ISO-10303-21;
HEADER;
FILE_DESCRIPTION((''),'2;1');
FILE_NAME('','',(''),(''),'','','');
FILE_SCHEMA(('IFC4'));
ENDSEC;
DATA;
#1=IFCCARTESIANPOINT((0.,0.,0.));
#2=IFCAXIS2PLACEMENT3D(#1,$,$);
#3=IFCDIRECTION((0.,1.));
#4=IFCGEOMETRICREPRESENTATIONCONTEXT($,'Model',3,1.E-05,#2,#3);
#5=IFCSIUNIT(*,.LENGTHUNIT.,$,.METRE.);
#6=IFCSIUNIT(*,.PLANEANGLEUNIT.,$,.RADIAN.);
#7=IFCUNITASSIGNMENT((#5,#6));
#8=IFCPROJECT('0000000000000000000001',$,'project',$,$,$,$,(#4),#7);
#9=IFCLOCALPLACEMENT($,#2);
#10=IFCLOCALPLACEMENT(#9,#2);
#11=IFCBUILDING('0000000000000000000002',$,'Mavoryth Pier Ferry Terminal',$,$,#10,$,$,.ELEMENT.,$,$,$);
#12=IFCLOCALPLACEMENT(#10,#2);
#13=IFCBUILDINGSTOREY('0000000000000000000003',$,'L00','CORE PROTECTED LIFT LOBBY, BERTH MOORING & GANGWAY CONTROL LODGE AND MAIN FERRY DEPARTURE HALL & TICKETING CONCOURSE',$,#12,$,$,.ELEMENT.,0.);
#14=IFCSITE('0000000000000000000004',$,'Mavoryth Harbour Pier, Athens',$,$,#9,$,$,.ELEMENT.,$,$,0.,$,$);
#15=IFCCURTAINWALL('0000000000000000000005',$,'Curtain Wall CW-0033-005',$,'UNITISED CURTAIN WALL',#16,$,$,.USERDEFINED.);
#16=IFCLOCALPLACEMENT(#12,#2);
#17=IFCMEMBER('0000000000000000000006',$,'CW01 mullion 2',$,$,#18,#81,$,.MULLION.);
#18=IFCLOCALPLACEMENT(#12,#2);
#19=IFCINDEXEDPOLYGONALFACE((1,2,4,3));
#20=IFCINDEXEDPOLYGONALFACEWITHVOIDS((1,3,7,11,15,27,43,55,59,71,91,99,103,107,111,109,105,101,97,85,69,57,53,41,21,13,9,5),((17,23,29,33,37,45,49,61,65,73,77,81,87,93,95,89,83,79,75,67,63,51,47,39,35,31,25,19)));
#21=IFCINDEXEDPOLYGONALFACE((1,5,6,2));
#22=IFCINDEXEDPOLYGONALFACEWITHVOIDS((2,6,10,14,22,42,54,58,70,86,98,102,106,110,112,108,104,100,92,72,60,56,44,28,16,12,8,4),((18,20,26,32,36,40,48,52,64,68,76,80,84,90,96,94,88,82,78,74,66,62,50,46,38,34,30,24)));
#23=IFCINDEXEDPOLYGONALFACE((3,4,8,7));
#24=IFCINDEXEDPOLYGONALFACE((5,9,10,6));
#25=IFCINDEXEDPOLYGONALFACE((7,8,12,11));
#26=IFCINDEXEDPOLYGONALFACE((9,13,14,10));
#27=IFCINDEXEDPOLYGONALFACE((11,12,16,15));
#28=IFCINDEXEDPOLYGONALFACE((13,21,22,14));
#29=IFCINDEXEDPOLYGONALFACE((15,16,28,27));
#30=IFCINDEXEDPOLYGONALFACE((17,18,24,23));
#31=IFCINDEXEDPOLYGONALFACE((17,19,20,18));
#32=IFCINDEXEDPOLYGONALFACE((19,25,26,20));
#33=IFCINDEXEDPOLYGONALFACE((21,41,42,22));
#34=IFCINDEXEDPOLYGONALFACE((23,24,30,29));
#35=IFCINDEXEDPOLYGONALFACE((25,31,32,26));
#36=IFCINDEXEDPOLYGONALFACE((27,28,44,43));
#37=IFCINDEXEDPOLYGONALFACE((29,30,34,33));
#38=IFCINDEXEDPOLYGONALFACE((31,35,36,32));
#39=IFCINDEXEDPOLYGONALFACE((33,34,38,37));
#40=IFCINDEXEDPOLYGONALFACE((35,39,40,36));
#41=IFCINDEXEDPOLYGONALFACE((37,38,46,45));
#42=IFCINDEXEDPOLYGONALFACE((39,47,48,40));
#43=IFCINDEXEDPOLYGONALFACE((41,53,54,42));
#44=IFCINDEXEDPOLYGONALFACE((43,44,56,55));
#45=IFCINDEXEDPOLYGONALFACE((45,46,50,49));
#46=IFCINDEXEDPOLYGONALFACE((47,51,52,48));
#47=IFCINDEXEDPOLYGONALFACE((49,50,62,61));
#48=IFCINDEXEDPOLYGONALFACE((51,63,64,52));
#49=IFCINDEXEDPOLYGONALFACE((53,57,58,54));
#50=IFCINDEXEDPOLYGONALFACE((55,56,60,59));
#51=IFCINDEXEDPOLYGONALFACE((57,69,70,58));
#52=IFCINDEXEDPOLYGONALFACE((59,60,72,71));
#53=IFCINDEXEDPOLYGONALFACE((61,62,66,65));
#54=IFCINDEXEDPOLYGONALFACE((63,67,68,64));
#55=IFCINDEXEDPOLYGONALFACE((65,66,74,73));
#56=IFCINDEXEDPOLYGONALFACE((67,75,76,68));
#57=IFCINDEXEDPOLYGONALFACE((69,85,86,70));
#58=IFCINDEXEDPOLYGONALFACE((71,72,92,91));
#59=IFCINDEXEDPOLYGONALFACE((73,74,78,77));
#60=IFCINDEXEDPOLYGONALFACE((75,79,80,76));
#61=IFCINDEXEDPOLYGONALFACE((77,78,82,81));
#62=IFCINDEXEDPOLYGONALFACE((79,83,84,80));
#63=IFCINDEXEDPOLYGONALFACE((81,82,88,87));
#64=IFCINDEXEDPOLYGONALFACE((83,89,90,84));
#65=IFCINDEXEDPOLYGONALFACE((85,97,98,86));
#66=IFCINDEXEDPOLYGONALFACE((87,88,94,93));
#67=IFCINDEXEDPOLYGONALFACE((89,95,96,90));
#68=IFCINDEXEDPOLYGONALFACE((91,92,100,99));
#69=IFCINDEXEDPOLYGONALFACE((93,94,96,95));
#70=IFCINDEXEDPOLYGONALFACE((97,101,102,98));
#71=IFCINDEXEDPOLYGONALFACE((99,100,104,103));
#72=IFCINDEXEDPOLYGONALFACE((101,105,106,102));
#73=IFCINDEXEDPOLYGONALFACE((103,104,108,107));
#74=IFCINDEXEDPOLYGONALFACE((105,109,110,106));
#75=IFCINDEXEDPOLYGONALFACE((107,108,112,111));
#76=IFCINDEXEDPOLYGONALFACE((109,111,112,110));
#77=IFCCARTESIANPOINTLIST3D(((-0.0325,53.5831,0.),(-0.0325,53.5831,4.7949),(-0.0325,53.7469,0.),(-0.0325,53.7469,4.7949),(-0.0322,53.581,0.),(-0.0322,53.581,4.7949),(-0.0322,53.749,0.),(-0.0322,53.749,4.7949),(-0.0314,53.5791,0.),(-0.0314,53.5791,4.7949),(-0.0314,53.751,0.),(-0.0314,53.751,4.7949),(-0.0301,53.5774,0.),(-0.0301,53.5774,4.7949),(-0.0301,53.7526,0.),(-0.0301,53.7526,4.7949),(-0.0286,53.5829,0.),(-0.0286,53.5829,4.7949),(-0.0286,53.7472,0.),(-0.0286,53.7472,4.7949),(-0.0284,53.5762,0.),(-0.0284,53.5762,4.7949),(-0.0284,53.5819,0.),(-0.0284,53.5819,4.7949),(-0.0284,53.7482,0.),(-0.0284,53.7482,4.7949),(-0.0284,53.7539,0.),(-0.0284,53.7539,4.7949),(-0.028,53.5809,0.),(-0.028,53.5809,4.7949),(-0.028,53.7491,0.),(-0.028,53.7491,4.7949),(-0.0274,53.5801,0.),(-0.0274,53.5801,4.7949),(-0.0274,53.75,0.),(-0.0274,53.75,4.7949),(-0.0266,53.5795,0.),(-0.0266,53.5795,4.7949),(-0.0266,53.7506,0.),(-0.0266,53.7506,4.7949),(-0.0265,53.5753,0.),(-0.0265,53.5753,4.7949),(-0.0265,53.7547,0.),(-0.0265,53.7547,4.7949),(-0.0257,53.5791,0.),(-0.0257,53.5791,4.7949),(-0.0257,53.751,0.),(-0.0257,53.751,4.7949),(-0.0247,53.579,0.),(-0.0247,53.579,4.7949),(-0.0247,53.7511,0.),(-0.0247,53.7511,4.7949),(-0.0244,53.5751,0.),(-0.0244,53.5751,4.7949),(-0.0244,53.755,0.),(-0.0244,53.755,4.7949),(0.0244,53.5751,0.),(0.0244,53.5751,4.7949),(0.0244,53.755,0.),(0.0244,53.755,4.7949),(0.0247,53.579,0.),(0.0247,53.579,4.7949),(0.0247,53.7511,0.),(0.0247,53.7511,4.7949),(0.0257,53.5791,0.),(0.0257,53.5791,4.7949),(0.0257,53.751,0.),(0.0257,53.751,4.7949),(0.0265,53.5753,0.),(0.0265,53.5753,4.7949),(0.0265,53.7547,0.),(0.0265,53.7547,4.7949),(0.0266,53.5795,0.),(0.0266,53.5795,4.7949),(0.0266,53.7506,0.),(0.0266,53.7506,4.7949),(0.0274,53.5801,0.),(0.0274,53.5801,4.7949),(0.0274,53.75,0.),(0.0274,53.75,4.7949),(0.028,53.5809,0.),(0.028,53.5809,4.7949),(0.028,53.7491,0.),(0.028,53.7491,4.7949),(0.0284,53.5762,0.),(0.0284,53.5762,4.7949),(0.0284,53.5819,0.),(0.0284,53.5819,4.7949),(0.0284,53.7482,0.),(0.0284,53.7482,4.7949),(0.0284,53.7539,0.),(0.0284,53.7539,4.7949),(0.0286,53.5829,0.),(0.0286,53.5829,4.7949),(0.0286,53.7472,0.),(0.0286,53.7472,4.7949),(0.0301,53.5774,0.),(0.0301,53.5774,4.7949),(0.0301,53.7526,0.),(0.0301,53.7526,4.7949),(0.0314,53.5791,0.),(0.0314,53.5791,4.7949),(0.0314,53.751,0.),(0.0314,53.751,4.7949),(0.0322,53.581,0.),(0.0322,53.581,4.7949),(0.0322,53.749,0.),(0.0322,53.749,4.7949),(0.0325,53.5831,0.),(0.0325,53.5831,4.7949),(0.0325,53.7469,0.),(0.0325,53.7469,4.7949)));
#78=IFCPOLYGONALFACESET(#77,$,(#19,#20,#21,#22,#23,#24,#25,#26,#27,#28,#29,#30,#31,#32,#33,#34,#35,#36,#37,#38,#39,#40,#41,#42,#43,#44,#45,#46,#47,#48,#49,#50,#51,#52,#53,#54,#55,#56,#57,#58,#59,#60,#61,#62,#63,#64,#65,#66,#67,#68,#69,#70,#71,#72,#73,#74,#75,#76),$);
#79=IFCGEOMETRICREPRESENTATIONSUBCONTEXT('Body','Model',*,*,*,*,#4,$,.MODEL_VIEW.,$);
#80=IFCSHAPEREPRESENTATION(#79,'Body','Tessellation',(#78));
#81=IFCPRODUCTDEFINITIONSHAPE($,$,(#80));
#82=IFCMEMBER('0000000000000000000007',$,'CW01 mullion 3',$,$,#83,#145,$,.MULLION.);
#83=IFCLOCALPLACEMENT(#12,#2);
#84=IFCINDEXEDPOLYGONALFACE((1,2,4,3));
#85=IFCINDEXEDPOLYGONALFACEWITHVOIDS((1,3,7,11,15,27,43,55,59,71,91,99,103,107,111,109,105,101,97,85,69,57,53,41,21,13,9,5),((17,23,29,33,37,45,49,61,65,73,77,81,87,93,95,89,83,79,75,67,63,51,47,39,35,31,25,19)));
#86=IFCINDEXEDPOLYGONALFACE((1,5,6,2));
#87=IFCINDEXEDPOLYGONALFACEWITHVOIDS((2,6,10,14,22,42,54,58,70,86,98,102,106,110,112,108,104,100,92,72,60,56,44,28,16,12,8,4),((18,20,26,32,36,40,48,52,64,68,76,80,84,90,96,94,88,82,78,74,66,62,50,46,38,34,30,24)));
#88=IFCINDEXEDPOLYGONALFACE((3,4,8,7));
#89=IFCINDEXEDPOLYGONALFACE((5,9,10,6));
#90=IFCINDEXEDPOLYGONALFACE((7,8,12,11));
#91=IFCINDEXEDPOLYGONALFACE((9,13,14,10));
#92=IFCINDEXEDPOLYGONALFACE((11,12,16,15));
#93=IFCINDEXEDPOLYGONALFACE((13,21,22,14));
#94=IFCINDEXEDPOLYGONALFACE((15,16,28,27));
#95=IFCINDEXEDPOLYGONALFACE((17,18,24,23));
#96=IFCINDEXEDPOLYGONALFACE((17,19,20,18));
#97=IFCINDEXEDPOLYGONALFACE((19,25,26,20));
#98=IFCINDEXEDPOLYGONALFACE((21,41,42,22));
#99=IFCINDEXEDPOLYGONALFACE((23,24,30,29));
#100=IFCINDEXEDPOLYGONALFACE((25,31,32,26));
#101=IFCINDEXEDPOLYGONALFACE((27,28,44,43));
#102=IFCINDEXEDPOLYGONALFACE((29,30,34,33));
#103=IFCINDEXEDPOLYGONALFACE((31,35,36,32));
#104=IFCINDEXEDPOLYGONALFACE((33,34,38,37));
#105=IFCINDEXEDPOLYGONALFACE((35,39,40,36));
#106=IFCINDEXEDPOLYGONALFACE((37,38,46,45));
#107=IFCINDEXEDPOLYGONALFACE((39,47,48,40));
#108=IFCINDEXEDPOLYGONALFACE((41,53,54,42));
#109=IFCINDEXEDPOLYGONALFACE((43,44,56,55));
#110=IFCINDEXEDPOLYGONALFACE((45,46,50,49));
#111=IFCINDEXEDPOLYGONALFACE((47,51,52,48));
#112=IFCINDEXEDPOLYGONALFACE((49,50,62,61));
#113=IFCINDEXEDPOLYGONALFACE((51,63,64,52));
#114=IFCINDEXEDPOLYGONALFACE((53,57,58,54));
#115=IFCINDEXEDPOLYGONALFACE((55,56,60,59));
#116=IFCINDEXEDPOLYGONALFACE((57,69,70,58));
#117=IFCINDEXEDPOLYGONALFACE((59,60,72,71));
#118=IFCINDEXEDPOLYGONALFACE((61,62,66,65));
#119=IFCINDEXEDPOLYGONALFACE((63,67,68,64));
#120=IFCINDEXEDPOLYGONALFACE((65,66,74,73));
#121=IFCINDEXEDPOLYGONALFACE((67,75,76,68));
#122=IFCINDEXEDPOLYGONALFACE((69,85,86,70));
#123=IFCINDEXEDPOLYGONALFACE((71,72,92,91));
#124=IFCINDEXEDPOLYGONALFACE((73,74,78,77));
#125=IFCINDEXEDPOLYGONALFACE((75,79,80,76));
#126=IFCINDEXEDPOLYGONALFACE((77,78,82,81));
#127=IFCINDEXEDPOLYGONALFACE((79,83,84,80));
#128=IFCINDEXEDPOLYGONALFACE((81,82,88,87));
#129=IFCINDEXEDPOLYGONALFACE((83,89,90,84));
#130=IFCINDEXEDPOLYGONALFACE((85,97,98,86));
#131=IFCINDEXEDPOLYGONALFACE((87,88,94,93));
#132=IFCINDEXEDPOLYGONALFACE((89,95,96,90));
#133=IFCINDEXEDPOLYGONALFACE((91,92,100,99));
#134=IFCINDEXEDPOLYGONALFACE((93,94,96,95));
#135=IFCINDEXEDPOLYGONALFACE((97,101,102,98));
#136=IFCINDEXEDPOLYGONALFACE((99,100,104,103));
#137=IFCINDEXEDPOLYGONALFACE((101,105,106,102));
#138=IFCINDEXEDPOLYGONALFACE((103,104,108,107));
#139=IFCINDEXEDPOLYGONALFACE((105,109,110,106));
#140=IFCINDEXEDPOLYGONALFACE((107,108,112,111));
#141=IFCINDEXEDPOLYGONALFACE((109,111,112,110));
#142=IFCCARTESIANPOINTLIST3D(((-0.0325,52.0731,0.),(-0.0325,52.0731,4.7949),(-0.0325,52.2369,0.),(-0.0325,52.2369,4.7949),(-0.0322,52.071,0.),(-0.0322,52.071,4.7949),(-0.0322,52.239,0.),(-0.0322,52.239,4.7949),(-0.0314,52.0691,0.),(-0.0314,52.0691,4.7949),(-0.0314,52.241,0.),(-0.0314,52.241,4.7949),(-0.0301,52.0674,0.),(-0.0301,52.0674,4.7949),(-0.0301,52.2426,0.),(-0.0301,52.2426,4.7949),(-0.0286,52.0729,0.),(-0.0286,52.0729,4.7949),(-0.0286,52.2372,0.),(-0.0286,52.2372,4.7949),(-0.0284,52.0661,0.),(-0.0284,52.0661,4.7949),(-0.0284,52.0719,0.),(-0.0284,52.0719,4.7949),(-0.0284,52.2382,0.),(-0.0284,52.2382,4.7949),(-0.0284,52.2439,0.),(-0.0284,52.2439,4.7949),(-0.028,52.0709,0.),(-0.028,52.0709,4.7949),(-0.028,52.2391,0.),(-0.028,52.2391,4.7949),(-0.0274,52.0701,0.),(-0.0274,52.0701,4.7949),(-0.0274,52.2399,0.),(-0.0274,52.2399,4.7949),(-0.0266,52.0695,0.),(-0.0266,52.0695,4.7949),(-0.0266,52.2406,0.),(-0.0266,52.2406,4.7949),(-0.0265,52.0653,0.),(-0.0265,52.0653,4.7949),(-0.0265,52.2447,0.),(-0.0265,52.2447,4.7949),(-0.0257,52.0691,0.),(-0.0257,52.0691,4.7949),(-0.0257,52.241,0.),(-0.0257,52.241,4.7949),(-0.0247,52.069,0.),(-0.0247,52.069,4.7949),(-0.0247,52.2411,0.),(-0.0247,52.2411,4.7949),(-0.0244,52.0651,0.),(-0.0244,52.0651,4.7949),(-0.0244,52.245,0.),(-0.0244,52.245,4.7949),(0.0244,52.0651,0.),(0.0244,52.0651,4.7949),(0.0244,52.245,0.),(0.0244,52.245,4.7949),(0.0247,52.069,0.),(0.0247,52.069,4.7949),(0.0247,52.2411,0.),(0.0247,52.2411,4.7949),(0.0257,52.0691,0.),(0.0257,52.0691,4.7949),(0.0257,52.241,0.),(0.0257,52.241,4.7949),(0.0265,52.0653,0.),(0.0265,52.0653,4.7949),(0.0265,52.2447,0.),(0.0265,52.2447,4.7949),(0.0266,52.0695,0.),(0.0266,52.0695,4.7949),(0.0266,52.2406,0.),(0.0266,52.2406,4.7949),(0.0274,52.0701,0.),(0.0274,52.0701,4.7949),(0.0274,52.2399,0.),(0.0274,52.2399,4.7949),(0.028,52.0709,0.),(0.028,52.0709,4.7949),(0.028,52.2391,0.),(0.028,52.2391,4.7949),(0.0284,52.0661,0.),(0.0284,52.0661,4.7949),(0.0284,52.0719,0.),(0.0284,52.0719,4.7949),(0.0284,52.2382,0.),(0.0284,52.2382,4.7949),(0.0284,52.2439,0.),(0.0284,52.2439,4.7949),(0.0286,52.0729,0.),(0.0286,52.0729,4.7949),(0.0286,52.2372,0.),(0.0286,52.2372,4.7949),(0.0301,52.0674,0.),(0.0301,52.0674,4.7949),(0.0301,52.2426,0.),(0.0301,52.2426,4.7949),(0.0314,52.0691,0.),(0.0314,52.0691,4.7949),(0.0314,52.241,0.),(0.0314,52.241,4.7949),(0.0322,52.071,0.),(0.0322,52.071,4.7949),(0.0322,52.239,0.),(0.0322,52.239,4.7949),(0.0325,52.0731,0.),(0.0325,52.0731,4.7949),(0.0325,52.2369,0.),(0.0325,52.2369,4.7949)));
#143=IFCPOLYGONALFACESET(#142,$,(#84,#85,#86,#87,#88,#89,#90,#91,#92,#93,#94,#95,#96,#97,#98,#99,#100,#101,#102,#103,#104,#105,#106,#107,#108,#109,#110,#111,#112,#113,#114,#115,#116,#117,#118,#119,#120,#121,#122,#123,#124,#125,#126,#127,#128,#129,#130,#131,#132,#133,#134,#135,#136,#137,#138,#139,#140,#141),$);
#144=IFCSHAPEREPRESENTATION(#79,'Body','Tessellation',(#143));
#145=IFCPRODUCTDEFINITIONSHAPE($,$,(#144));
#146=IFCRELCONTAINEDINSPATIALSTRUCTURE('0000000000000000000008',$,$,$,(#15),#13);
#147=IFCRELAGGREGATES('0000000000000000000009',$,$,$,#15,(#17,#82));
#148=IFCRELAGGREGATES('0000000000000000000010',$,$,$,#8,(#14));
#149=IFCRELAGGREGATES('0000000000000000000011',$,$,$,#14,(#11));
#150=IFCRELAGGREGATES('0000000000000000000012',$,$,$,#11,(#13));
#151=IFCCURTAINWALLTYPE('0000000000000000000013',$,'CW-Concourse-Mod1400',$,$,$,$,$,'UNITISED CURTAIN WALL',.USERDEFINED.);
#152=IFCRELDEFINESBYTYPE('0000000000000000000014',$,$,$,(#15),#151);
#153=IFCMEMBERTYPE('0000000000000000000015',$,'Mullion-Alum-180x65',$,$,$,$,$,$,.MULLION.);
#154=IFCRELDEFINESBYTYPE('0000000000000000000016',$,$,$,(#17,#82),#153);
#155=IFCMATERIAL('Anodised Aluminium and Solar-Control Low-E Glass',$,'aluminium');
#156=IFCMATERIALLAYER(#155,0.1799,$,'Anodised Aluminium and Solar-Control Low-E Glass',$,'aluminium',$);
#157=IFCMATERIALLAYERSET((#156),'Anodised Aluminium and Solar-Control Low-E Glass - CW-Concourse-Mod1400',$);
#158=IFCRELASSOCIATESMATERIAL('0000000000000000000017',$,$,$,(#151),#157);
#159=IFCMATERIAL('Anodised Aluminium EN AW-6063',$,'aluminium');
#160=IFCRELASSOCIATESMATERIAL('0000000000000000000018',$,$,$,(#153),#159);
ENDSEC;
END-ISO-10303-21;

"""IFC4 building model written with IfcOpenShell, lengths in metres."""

from ifc_helpers import new_model, si_unit, direction, frame, origin, origin_2d, place, context, subcontext, project, spatial, hollow_rectangle, extrude, material, layer, layer_set, material_profile, profile_set, type_object, element, aggregate, save


model = new_model("IFC4")

# Units and contexts
model_context = context("Model", 3, precision=1e-05, world=origin(), true_north=direction((0.0, 1.0)))
body_context = subcontext(model_context, "Body", "Model", "MODEL_VIEW")
ifc_project = project(units=[si_unit("LENGTHUNIT", "METRE"), si_unit("PLANEANGLEUNIT", "RADIAN")], contexts=[model_context])

# Site, building, storey
site_placement = place(None, origin())
site = spatial("IfcSite", under=ifc_project, at=site_placement, Name="Mavoryth Harbour Pier, Athens", CompositionType="ELEMENT", RefElevation=0.0)
building_placement = place(site_placement, origin())
building = spatial("IfcBuilding", under=site, at=building_placement, Name="Mavoryth Pier Ferry Terminal", CompositionType="ELEMENT")
storey_placement = place(building_placement, origin())
storey = spatial("IfcBuildingStorey", under=building, at=storey_placement, Name="L00", Description="CORE PROTECTED LIFT LOBBY, BERTH MOORING & GANGWAY CONTROL LODGE AND MAIN FERRY DEPARTURE HALL & TICKETING CONCOURSE", CompositionType="ELEMENT", Elevation=0.0)

# Curtain wall, members
ifc_material_1 = material(Name="Anodised Aluminium and Solar-Control Low-E Glass", Category="aluminium")
ifc_layer_1 = layer(ifc_material_1, 0.1799, Name="Anodised Aluminium and Solar-Control Low-E Glass", Category="aluminium")
ifc_layer_set_1 = layer_set([ifc_layer_1], Name="Anodised Aluminium and Solar-Control Low-E Glass - CW-Concourse-Mod1400")
curtain_wall_type = type_object("IfcCurtainWallType", Name="CW-Concourse-Mod1400", ElementType="UNITISED CURTAIN WALL", PredefinedType="USERDEFINED", material=ifc_layer_set_1)
curtain_wall_placement = place(storey_placement, origin())
curtain_wall = element("IfcCurtainWall", 1, at=curtain_wall_placement, inside=storey, type_object=curtain_wall_type, Name="Curtain Wall CW-0033-005", ObjectType="UNITISED CURTAIN WALL", PredefinedType="USERDEFINED")
ifc_material_2 = material(Name="Anodised Aluminium EN AW-6063", Category="aluminium")
ifc_material_profile_1 = material_profile(ifc_material_2, hollow_rectangle(XDim=0.0649, YDim=0.1799, WallThickness=0.0039, InnerFilletRadius=0.0039, OuterFilletRadius=0.0081, at=origin_2d()), Name="AL-MULL 180x65x4", Category="aluminium")
ifc_profile_set_1 = profile_set([ifc_material_profile_1], Name="Anodised Aluminium EN AW-6063 - AL-MULL 180x65x4")
member_type_1 = type_object("IfcMemberType", Name="Mullion-Alum-180x65", PredefinedType="MULLION", material=ifc_profile_set_1)
member_1_placement = place(storey_placement, frame((0.0, 53.665, 0.0), z_axis=(0.0, 0.0, 1.0), x_axis=(1.0, 0.0, 0.0)))
member_1 = element("IfcMember", 2, at=member_1_placement, type_object=member_type_1, Name="CW01 mullion 2", PredefinedType="MULLION", context=body_context, shape_type="SweptSolid", body=[
    extrude(hollow_rectangle(XDim=0.0649, YDim=0.1799, WallThickness=0.0039, InnerFilletRadius=0.0039, OuterFilletRadius=0.0081, at=origin_2d()), origin(), (0.0, 0.0, 1.0), 4.7949),
])
member_2_placement = place(storey_placement, frame((0.0, 52.155, 0.0), z_axis=(0.0, 0.0, 1.0), x_axis=(1.0, 0.0, 0.0)))
member_2 = element("IfcMember", 3, at=member_2_placement, type_object=member_type_1, Name="CW01 mullion 3", PredefinedType="MULLION", context=body_context, shape_type="SweptSolid", body=[
    extrude(hollow_rectangle(XDim=0.0649, YDim=0.1799, WallThickness=0.0039, InnerFilletRadius=0.0039, OuterFilletRadius=0.0081, at=origin_2d()), origin(), (0.0, 0.0, 1.0), 4.7949),
])
aggregate(curtain_wall, [member_1, member_2])

save(model, "model.ifc")
